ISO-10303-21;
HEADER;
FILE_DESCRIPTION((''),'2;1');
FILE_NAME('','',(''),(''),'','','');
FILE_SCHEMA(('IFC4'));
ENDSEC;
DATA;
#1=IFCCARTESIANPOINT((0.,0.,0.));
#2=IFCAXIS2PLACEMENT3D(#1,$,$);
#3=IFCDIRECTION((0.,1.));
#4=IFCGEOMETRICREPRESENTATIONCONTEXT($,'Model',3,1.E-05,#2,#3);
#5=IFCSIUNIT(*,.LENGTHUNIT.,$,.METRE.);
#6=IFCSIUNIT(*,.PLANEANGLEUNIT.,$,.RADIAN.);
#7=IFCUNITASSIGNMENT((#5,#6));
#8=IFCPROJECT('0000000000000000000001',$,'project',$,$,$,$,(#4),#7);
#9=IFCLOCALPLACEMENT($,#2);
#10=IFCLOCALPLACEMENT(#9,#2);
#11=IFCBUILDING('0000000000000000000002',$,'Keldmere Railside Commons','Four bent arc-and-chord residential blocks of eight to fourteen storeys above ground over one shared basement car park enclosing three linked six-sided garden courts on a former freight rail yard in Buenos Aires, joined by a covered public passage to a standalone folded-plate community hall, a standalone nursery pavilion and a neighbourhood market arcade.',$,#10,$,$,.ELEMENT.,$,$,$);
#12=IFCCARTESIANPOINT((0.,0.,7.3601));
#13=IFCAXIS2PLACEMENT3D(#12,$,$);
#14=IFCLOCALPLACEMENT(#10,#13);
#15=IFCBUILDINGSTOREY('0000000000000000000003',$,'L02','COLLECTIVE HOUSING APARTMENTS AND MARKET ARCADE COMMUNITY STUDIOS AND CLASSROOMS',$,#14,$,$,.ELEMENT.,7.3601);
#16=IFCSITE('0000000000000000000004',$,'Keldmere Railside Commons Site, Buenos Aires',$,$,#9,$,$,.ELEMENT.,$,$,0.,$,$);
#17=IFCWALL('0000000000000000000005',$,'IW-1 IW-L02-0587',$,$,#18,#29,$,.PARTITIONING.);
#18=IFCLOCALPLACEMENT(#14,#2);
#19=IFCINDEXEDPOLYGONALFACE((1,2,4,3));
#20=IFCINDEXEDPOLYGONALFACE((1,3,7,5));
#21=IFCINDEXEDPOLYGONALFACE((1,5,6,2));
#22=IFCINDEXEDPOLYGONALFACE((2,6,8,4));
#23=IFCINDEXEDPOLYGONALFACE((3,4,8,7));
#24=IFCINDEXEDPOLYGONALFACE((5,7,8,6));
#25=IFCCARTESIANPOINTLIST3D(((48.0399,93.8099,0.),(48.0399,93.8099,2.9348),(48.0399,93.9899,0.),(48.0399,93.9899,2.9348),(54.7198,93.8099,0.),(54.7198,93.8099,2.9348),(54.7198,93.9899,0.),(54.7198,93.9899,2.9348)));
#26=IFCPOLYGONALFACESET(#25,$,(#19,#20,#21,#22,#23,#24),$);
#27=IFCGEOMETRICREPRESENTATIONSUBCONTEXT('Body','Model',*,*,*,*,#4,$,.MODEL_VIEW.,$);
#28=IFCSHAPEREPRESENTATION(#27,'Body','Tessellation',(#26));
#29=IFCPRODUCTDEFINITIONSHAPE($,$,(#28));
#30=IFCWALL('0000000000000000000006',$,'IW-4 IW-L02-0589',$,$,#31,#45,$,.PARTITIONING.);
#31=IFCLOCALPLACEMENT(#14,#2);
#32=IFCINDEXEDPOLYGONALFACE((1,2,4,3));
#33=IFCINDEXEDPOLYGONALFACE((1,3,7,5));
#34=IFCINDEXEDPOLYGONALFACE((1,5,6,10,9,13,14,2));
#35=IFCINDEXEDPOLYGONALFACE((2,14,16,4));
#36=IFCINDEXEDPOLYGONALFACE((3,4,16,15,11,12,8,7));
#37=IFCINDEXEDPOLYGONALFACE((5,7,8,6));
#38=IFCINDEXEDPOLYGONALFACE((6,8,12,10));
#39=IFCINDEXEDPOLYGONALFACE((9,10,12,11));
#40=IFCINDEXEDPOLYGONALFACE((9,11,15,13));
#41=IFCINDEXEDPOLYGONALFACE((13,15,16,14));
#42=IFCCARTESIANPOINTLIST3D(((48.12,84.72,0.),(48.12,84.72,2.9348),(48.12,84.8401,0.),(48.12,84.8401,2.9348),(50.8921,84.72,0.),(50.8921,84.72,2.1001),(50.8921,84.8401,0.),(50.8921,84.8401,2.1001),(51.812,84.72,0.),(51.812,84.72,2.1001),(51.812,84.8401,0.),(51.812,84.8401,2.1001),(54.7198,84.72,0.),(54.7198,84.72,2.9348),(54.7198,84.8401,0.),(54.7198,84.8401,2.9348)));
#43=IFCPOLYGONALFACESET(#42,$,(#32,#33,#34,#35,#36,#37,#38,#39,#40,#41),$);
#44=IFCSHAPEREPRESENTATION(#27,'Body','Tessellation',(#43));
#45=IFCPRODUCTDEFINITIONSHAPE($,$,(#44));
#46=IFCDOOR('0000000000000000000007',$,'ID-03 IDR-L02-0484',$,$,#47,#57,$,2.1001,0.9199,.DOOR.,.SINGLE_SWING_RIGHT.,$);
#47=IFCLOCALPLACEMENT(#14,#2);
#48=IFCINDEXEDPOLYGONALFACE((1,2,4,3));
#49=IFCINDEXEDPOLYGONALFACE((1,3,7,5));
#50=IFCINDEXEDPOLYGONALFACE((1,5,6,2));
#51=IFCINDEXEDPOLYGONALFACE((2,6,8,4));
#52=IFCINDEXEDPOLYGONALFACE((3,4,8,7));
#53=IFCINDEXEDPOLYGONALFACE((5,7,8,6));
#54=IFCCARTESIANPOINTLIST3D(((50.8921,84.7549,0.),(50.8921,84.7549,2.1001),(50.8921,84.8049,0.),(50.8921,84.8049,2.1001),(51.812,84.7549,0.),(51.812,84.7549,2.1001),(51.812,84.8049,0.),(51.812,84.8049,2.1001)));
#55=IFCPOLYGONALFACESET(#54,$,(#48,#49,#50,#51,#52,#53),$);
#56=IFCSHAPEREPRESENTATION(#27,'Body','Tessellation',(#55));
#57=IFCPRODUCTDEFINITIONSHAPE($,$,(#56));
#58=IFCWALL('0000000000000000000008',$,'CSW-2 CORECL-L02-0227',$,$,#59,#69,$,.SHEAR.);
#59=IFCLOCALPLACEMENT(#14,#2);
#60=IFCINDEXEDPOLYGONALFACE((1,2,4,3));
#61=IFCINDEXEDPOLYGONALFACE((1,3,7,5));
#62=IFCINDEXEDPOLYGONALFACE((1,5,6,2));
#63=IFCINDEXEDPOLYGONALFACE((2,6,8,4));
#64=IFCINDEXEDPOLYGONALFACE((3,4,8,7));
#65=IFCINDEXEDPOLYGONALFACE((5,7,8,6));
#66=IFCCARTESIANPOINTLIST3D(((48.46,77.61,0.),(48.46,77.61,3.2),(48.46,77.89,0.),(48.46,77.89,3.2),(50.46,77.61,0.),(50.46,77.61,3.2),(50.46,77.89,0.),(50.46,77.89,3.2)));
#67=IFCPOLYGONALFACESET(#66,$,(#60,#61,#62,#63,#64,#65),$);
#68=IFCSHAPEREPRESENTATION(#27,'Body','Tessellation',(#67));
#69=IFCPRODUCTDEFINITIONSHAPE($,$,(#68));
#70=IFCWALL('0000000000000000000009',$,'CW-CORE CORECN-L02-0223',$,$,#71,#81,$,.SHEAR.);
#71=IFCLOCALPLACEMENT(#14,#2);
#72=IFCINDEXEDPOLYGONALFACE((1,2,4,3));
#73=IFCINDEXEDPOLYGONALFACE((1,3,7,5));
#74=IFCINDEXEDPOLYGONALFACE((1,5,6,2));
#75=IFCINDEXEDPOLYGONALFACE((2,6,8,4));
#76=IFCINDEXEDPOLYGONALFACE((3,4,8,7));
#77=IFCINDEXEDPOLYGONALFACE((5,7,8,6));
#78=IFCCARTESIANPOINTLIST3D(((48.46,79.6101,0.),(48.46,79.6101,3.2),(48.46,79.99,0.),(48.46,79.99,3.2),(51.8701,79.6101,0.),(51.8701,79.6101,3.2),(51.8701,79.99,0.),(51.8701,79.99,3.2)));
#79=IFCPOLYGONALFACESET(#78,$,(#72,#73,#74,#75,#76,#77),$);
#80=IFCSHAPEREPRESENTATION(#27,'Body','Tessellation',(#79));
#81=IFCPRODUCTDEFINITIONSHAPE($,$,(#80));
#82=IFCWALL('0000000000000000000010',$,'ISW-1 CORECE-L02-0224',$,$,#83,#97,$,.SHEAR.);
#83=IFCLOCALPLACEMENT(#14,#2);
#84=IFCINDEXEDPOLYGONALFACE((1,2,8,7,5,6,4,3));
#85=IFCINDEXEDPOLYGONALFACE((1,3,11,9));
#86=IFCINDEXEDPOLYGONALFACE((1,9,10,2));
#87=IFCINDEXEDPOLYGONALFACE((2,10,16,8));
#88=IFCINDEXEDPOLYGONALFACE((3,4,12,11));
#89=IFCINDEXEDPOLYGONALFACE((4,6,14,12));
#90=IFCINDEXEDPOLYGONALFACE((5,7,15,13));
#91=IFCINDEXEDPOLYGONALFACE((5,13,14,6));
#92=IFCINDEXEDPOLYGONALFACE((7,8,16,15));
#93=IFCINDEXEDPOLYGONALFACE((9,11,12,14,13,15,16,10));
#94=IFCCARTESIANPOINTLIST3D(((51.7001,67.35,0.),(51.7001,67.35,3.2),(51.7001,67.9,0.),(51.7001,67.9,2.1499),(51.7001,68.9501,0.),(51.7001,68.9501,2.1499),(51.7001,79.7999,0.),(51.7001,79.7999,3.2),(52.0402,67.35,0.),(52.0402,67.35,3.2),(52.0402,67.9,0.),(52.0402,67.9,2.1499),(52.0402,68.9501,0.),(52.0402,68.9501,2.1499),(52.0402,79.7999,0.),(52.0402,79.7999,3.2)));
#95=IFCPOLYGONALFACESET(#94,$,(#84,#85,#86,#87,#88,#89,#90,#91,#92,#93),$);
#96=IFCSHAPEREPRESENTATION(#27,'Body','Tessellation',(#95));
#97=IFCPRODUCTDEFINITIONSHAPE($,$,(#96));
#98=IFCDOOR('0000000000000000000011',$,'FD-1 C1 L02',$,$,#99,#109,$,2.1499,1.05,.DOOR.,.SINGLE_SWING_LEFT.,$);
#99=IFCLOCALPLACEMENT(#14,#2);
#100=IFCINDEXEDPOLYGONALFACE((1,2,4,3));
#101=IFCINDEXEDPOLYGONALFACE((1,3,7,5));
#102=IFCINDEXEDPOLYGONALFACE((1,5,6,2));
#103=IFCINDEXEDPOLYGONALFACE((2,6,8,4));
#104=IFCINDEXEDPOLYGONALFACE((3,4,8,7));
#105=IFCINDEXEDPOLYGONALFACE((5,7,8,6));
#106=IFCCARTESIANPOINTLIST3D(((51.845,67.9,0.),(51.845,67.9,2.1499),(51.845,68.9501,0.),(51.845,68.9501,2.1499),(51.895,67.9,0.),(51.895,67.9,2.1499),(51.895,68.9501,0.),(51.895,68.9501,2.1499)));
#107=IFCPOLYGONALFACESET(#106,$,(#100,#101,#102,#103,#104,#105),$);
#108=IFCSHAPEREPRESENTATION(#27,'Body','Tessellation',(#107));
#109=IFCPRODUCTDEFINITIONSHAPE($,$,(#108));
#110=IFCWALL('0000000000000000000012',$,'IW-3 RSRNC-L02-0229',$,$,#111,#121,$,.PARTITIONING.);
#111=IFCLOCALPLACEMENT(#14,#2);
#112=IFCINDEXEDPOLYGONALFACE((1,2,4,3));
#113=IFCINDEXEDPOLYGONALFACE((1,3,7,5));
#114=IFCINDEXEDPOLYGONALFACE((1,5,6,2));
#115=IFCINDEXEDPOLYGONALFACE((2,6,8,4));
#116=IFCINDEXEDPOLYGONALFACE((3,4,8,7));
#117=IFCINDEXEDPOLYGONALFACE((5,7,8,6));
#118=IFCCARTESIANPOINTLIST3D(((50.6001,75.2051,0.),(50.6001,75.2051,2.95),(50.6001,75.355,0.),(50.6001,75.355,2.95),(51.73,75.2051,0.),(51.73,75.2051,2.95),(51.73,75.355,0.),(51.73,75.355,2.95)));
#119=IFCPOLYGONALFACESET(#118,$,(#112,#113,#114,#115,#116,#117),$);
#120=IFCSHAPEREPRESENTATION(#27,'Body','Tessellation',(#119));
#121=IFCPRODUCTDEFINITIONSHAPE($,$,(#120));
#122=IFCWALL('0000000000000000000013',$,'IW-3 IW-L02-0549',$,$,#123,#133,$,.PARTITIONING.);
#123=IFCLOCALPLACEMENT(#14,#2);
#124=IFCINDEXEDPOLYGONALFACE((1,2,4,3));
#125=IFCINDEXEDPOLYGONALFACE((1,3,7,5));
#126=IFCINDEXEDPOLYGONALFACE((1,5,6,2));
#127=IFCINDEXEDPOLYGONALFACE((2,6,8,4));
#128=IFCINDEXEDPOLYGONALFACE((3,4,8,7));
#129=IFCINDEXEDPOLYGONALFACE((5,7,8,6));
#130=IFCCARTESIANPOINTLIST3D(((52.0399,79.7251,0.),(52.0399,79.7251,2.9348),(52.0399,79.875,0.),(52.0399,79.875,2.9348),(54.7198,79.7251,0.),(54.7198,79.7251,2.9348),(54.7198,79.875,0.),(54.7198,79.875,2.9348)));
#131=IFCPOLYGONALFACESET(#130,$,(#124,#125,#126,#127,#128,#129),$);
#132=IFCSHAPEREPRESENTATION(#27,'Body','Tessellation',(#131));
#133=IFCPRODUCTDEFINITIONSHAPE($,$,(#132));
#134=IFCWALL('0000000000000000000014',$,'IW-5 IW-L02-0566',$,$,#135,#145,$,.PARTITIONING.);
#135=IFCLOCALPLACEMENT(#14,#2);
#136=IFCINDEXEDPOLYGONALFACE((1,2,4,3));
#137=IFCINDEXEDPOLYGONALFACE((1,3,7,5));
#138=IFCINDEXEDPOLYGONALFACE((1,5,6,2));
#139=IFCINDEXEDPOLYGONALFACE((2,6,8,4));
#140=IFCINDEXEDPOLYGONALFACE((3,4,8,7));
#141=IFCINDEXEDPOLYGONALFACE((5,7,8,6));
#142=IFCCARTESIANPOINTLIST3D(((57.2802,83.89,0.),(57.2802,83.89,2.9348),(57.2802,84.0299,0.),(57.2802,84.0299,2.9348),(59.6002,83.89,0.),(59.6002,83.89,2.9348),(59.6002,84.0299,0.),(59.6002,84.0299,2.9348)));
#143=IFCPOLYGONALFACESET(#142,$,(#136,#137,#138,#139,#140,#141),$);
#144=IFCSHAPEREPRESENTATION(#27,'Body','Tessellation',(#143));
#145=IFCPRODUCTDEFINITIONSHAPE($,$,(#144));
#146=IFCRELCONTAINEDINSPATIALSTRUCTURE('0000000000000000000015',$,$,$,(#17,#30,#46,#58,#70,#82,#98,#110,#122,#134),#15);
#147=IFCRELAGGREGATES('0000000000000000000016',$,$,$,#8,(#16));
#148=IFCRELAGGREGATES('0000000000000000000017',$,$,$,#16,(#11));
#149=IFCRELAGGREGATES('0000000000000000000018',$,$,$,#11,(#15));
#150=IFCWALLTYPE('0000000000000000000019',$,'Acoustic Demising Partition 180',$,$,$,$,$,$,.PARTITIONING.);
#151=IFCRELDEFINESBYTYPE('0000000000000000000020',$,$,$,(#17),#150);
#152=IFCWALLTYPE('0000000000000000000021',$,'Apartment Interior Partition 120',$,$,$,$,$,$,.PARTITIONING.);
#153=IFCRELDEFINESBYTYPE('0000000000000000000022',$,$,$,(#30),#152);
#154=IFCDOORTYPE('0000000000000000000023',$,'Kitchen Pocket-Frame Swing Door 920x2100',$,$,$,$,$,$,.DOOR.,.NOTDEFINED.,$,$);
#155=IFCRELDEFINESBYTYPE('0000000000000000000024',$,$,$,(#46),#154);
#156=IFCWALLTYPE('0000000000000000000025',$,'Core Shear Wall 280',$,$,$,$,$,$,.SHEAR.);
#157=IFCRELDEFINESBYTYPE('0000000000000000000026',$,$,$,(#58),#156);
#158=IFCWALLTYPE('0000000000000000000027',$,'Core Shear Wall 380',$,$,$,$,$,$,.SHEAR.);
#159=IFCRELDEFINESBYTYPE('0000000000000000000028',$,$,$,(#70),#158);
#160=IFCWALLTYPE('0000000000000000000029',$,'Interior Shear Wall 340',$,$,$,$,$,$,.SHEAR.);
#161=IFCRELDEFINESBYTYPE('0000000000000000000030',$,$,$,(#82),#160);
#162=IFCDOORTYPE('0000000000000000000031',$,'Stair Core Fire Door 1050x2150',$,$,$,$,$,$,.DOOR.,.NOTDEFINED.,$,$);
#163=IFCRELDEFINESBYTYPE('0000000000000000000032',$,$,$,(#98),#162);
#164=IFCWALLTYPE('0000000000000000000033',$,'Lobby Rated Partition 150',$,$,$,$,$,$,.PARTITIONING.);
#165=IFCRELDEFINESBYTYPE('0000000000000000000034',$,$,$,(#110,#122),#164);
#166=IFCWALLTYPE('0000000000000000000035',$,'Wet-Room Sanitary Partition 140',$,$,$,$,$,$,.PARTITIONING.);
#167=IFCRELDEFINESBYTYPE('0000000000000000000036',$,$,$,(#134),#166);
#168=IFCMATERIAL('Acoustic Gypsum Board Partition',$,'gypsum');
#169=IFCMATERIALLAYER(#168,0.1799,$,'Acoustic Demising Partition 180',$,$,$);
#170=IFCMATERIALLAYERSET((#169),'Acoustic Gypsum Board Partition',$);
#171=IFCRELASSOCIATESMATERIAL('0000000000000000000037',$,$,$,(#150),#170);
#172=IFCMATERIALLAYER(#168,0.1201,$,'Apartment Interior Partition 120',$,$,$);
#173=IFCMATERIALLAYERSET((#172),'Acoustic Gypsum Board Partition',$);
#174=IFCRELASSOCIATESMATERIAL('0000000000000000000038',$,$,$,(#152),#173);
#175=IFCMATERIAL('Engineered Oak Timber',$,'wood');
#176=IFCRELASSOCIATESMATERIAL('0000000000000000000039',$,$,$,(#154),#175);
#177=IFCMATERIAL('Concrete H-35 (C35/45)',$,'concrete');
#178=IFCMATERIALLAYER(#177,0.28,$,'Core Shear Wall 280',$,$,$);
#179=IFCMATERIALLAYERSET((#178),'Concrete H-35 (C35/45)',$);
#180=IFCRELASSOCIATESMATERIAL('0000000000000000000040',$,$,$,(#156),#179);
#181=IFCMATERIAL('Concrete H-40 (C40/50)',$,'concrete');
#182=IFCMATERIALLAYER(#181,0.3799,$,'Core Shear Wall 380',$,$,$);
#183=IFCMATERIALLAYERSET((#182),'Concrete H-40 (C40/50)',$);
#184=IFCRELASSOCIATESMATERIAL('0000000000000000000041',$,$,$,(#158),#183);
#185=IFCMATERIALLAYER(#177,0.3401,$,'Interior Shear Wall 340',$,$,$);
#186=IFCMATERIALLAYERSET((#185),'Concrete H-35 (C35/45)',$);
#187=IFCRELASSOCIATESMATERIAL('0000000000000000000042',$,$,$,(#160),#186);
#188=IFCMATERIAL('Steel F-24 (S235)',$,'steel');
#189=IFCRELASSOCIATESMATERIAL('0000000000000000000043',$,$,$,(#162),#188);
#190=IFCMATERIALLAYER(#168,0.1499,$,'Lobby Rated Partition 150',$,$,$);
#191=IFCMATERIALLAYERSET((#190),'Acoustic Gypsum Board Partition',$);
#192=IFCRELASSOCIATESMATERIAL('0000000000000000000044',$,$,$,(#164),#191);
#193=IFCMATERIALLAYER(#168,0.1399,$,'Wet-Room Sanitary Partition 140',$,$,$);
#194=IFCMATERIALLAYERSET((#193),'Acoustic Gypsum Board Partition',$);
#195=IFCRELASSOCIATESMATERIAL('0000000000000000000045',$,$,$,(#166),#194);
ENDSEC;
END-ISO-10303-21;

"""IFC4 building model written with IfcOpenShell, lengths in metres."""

from ifc_helpers import new_model, si_unit, direction, frame, frame_2d, origin, place, context, subcontext, project, spatial, rectangle, extrude, material, layer, layer_set, type_object, element, fill, save


model = new_model("IFC4")

# Units and contexts
model_context = context("Model", 3, precision=1e-05, world=origin(), true_north=direction((0.0, 1.0)))
body_context = subcontext(model_context, "Body", "Model", "MODEL_VIEW")
ifc_project = project(units=[si_unit("LENGTHUNIT", "METRE"), si_unit("PLANEANGLEUNIT", "RADIAN")], contexts=[model_context])

# Site, building, storey
site_placement = place(None, origin())
site = spatial("IfcSite", under=ifc_project, at=site_placement, Name="Keldmere Railside Commons Site, Buenos Aires", CompositionType="ELEMENT", RefElevation=0.0)
building_placement = place(site_placement, origin())
building = spatial("IfcBuilding", under=site, at=building_placement, Name="Keldmere Railside Commons", Description="Four bent arc-and-chord residential blocks of eight to fourteen storeys above ground over one shared basement car park enclosing three linked six-sided garden courts on a former freight rail yard in Buenos Aires, joined by a covered public passage to a standalone folded-plate community hall, a standalone nursery pavilion and a neighbourhood market arcade.", CompositionType="ELEMENT")
storey_placement = place(building_placement, frame((0.0, 0.0, 7.3601)))
storey = spatial("IfcBuildingStorey", under=building, at=storey_placement, Name="L02", Description="COLLECTIVE HOUSING APARTMENTS AND MARKET ARCADE COMMUNITY STUDIOS AND CLASSROOMS", CompositionType="ELEMENT", Elevation=7.3601)

# Shared definitions
ifc_material_1 = material(Name="Concrete H-40 (C40/50)", Category="concrete")

# Wall
ifc_material_2 = material(Name="Acoustic Gypsum Board Partition", Category="gypsum")
ifc_layer_1 = layer(ifc_material_2, 0.1799, Name="Acoustic Demising Partition 180")
ifc_layer_set_1 = layer_set([ifc_layer_1], Name="Acoustic Gypsum Board Partition")
wall_type_1 = type_object("IfcWallType", Name="Acoustic Demising Partition 180", PredefinedType="PARTITIONING", material=ifc_layer_set_1)
wall_1_placement = place(storey_placement, frame((48.04, 93.8999, 0.0), z_axis=(0.0, 0.0, 1.0), x_axis=(1.0, 0.0, 0.0)))
element("IfcWall", 1, at=wall_1_placement, inside=storey, type_object=wall_type_1, Name="IW-1 IW-L02-0587", PredefinedType="PARTITIONING", context=body_context, shape_type="SweptSolid", body=[
    extrude(rectangle(XDim=6.6799, YDim=0.1799, at=frame_2d((3.3398, 0.0))), origin(), (0.0, 0.0, 1.0), 2.9348),
])

# Wall, opening, door
ifc_layer_2 = layer(ifc_material_2, 0.1201, Name="Apartment Interior Partition 120")
ifc_layer_set_2 = layer_set([ifc_layer_2], Name="Acoustic Gypsum Board Partition")
wall_type_2 = type_object("IfcWallType", Name="Apartment Interior Partition 120", PredefinedType="PARTITIONING", material=ifc_layer_set_2)
wall_2_placement = place(storey_placement, frame((48.1201, 84.78, 0.0), z_axis=(0.0, 0.0, 1.0), x_axis=(1.0, 0.0, 0.0)))
wall_2 = element("IfcWall", 2, at=wall_2_placement, inside=storey, type_object=wall_type_2, Name="IW-4 IW-L02-0589", PredefinedType="PARTITIONING", context=body_context, shape_type="SweptSolid", body=[
    extrude(rectangle(XDim=6.5999, YDim=0.1201, at=frame_2d((3.2998, 0.0))), origin(), (0.0, 0.0, 1.0), 2.9348),
])
opening_1_placement = place(wall_2_placement, frame((2.772, 0.0, 0.0)))
opening_1 = element("IfcOpeningElement", 3, at=opening_1_placement, cuts=wall_2, PredefinedType="OPENING", context=body_context, shape_type="SweptSolid", body=[
    extrude(rectangle(XDim=0.9199, YDim=2.1001, at=frame_2d((0.46, 1.05))), frame((0.0, 0.0701, 0.0), z_axis=(0.0, -1.0, 0.0), x_axis=(1.0, 0.0, 0.0)), (0.0, 0.0, 1.0), 0.1401),
])
ifc_material_3 = material(Name="Engineered Oak Timber", Category="wood")
door_type_1 = type_object("IfcDoorType", Name="Kitchen Pocket-Frame Swing Door 920x2100", OperationType="NOTDEFINED", PredefinedType="DOOR", material=ifc_material_3)
door_1_placement = place(opening_1_placement, origin())
door_1 = element("IfcDoor", 4, at=door_1_placement, inside=storey, type_object=door_type_1, Name="ID-03 IDR-L02-0484", OperationType="SINGLE_SWING_RIGHT", OverallHeight=2.1001, OverallWidth=0.9199, PredefinedType="DOOR", context=body_context, shape_type="SweptSolid", body=[
    extrude(rectangle(XDim=0.9199, YDim=2.1001, at=frame_2d((0.46, 1.05))), frame((0.0, 0.0249, 0.0), z_axis=(0.0, -1.0, 0.0), x_axis=(1.0, 0.0, 0.0)), (0.0, 0.0, 1.0), 0.05),
])
fill(opening_1, door_1)

# Walls
ifc_material_4 = material(Name="Concrete H-35 (C35/45)", Category="concrete")
ifc_layer_3 = layer(ifc_material_4, 0.28, Name="Core Shear Wall 280")
ifc_layer_set_3 = layer_set([ifc_layer_3], Name="Concrete H-35 (C35/45)")
wall_type_3 = type_object("IfcWallType", Name="Core Shear Wall 280", PredefinedType="SHEAR", material=ifc_layer_set_3)
wall_3_placement = place(storey_placement, frame((48.46, 77.75, 0.0), z_axis=(0.0, 0.0, 1.0), x_axis=(1.0, 0.0, 0.0)))
element("IfcWall", 5, at=wall_3_placement, inside=storey, type_object=wall_type_3, Name="CSW-2 CORECL-L02-0227", PredefinedType="SHEAR", context=body_context, shape_type="SweptSolid", body=[
    extrude(rectangle(XDim=2.0, YDim=0.28, at=frame_2d((1.0, 0.0))), origin(), (0.0, 0.0, 1.0), 3.2),
])
ifc_layer_4 = layer(ifc_material_1, 0.3799, Name="Core Shear Wall 380")
ifc_layer_set_4 = layer_set([ifc_layer_4], Name="Concrete H-40 (C40/50)")
wall_type_4 = type_object("IfcWallType", Name="Core Shear Wall 380", PredefinedType="SHEAR", material=ifc_layer_set_4)
wall_4_placement = place(storey_placement, frame((48.46, 79.8, 0.0), z_axis=(0.0, 0.0, 1.0), x_axis=(1.0, 0.0, 0.0)))
element("IfcWall", 6, at=wall_4_placement, inside=storey, type_object=wall_type_4, Name="CW-CORE CORECN-L02-0223", PredefinedType="SHEAR", context=body_context, shape_type="SweptSolid", body=[
    extrude(rectangle(XDim=3.4102, YDim=0.3799, at=frame_2d((1.7051, 0.0))), origin(), (0.0, 0.0, 1.0), 3.2),
])

# Wall, opening, door
ifc_layer_5 = layer(ifc_material_4, 0.3401, Name="Interior Shear Wall 340")
ifc_layer_set_5 = layer_set([ifc_layer_5], Name="Concrete H-35 (C35/45)")
wall_type_5 = type_object("IfcWallType", Name="Interior Shear Wall 340", PredefinedType="SHEAR", material=ifc_layer_set_5)
wall_5_placement = place(storey_placement, frame((51.8701, 79.8, 0.0), z_axis=(0.0, 0.0, 1.0), x_axis=(0.0, -1.0, 0.0)))
wall_5 = element("IfcWall", 7, at=wall_5_placement, inside=storey, type_object=wall_type_5, Name="ISW-1 CORECE-L02-0224", PredefinedType="SHEAR", context=body_context, shape_type="SweptSolid", body=[
    extrude(rectangle(XDim=12.45, YDim=0.3401, at=frame_2d((6.2251, 0.0))), origin(), (0.0, 0.0, 1.0), 3.2),
])
opening_2_placement = place(wall_5_placement, frame((10.8501, 0.0, 0.0)))
opening_2 = element("IfcOpeningElement", 8, at=opening_2_placement, cuts=wall_5, PredefinedType="OPENING", context=body_context, shape_type="SweptSolid", body=[
    extrude(rectangle(XDim=1.05, YDim=2.1499, at=frame_2d((0.5249, 1.075))), frame((0.0, 0.1799, 0.0), z_axis=(0.0, -1.0, 0.0), x_axis=(1.0, 0.0, 0.0)), (0.0, 0.0, 1.0), 0.3601),
])
ifc_material_5 = material(Name="Steel F-24 (S235)", Category="steel")
door_type_2 = type_object("IfcDoorType", Name="Stair Core Fire Door 1050x2150", OperationType="NOTDEFINED", PredefinedType="DOOR", material=ifc_material_5)
door_2_placement = place(opening_2_placement, origin())
door_2 = element("IfcDoor", 9, at=door_2_placement, inside=storey, type_object=door_type_2, Name="FD-1 C1 L02", OperationType="SINGLE_SWING_LEFT", OverallHeight=2.1499, OverallWidth=1.05, PredefinedType="DOOR", context=body_context, shape_type="SweptSolid", body=[
    extrude(rectangle(XDim=1.05, YDim=2.1499, at=frame_2d((0.5249, 1.075))), frame((0.0, 0.0249, 0.0), z_axis=(0.0, -1.0, 0.0), x_axis=(1.0, 0.0, 0.0)), (0.0, 0.0, 1.0), 0.05),
])
fill(opening_2, door_2)

# Walls
ifc_layer_6 = layer(ifc_material_2, 0.1499, Name="Lobby Rated Partition 150")
ifc_layer_set_6 = layer_set([ifc_layer_6], Name="Acoustic Gypsum Board Partition")
wall_type_6 = type_object("IfcWallType", Name="Lobby Rated Partition 150", PredefinedType="PARTITIONING", material=ifc_layer_set_6)
wall_6_placement = place(storey_placement, frame((50.6001, 75.28, 0.0), z_axis=(0.0, 0.0, 1.0), x_axis=(1.0, 0.0, 0.0)))
element("IfcWall", 10, at=wall_6_placement, inside=storey, type_object=wall_type_6, Name="IW-3 RSRNC-L02-0229", PredefinedType="PARTITIONING", context=body_context, shape_type="SweptSolid", body=[
    extrude(rectangle(XDim=1.1299, YDim=0.1499, at=frame_2d((0.5649, 0.0))), origin(), (0.0, 0.0, 1.0), 2.95),
])
wall_7_placement = place(storey_placement, frame((52.04, 79.8, 0.0), z_axis=(0.0, 0.0, 1.0), x_axis=(1.0, 0.0, 0.0)))
element("IfcWall", 11, at=wall_7_placement, inside=storey, type_object=wall_type_6, Name="IW-3 IW-L02-0549", PredefinedType="PARTITIONING", context=body_context, shape_type="SweptSolid", body=[
    extrude(rectangle(XDim=2.6799, YDim=0.1499, at=frame_2d((1.3398, 0.0))), origin(), (0.0, 0.0, 1.0), 2.9348),
])
ifc_layer_7 = layer(ifc_material_2, 0.1399, Name="Wet-Room Sanitary Partition 140")
ifc_layer_set_7 = layer_set([ifc_layer_7], Name="Acoustic Gypsum Board Partition")
wall_type_7 = type_object("IfcWallType", Name="Wet-Room Sanitary Partition 140", PredefinedType="PARTITIONING", material=ifc_layer_set_7)
wall_8_placement = place(storey_placement, frame((57.28, 83.96, 0.0), z_axis=(0.0, 0.0, 1.0), x_axis=(1.0, 0.0, 0.0)))
element("IfcWall", 12, at=wall_8_placement, inside=storey, type_object=wall_type_7, Name="IW-5 IW-L02-0566", PredefinedType="PARTITIONING", context=body_context, shape_type="SweptSolid", body=[
    extrude(rectangle(XDim=2.3201, YDim=0.1399, at=frame_2d((1.1602, 0.0))), origin(), (0.0, 0.0, 1.0), 2.9348),
])

save(model, "model.ifc")
